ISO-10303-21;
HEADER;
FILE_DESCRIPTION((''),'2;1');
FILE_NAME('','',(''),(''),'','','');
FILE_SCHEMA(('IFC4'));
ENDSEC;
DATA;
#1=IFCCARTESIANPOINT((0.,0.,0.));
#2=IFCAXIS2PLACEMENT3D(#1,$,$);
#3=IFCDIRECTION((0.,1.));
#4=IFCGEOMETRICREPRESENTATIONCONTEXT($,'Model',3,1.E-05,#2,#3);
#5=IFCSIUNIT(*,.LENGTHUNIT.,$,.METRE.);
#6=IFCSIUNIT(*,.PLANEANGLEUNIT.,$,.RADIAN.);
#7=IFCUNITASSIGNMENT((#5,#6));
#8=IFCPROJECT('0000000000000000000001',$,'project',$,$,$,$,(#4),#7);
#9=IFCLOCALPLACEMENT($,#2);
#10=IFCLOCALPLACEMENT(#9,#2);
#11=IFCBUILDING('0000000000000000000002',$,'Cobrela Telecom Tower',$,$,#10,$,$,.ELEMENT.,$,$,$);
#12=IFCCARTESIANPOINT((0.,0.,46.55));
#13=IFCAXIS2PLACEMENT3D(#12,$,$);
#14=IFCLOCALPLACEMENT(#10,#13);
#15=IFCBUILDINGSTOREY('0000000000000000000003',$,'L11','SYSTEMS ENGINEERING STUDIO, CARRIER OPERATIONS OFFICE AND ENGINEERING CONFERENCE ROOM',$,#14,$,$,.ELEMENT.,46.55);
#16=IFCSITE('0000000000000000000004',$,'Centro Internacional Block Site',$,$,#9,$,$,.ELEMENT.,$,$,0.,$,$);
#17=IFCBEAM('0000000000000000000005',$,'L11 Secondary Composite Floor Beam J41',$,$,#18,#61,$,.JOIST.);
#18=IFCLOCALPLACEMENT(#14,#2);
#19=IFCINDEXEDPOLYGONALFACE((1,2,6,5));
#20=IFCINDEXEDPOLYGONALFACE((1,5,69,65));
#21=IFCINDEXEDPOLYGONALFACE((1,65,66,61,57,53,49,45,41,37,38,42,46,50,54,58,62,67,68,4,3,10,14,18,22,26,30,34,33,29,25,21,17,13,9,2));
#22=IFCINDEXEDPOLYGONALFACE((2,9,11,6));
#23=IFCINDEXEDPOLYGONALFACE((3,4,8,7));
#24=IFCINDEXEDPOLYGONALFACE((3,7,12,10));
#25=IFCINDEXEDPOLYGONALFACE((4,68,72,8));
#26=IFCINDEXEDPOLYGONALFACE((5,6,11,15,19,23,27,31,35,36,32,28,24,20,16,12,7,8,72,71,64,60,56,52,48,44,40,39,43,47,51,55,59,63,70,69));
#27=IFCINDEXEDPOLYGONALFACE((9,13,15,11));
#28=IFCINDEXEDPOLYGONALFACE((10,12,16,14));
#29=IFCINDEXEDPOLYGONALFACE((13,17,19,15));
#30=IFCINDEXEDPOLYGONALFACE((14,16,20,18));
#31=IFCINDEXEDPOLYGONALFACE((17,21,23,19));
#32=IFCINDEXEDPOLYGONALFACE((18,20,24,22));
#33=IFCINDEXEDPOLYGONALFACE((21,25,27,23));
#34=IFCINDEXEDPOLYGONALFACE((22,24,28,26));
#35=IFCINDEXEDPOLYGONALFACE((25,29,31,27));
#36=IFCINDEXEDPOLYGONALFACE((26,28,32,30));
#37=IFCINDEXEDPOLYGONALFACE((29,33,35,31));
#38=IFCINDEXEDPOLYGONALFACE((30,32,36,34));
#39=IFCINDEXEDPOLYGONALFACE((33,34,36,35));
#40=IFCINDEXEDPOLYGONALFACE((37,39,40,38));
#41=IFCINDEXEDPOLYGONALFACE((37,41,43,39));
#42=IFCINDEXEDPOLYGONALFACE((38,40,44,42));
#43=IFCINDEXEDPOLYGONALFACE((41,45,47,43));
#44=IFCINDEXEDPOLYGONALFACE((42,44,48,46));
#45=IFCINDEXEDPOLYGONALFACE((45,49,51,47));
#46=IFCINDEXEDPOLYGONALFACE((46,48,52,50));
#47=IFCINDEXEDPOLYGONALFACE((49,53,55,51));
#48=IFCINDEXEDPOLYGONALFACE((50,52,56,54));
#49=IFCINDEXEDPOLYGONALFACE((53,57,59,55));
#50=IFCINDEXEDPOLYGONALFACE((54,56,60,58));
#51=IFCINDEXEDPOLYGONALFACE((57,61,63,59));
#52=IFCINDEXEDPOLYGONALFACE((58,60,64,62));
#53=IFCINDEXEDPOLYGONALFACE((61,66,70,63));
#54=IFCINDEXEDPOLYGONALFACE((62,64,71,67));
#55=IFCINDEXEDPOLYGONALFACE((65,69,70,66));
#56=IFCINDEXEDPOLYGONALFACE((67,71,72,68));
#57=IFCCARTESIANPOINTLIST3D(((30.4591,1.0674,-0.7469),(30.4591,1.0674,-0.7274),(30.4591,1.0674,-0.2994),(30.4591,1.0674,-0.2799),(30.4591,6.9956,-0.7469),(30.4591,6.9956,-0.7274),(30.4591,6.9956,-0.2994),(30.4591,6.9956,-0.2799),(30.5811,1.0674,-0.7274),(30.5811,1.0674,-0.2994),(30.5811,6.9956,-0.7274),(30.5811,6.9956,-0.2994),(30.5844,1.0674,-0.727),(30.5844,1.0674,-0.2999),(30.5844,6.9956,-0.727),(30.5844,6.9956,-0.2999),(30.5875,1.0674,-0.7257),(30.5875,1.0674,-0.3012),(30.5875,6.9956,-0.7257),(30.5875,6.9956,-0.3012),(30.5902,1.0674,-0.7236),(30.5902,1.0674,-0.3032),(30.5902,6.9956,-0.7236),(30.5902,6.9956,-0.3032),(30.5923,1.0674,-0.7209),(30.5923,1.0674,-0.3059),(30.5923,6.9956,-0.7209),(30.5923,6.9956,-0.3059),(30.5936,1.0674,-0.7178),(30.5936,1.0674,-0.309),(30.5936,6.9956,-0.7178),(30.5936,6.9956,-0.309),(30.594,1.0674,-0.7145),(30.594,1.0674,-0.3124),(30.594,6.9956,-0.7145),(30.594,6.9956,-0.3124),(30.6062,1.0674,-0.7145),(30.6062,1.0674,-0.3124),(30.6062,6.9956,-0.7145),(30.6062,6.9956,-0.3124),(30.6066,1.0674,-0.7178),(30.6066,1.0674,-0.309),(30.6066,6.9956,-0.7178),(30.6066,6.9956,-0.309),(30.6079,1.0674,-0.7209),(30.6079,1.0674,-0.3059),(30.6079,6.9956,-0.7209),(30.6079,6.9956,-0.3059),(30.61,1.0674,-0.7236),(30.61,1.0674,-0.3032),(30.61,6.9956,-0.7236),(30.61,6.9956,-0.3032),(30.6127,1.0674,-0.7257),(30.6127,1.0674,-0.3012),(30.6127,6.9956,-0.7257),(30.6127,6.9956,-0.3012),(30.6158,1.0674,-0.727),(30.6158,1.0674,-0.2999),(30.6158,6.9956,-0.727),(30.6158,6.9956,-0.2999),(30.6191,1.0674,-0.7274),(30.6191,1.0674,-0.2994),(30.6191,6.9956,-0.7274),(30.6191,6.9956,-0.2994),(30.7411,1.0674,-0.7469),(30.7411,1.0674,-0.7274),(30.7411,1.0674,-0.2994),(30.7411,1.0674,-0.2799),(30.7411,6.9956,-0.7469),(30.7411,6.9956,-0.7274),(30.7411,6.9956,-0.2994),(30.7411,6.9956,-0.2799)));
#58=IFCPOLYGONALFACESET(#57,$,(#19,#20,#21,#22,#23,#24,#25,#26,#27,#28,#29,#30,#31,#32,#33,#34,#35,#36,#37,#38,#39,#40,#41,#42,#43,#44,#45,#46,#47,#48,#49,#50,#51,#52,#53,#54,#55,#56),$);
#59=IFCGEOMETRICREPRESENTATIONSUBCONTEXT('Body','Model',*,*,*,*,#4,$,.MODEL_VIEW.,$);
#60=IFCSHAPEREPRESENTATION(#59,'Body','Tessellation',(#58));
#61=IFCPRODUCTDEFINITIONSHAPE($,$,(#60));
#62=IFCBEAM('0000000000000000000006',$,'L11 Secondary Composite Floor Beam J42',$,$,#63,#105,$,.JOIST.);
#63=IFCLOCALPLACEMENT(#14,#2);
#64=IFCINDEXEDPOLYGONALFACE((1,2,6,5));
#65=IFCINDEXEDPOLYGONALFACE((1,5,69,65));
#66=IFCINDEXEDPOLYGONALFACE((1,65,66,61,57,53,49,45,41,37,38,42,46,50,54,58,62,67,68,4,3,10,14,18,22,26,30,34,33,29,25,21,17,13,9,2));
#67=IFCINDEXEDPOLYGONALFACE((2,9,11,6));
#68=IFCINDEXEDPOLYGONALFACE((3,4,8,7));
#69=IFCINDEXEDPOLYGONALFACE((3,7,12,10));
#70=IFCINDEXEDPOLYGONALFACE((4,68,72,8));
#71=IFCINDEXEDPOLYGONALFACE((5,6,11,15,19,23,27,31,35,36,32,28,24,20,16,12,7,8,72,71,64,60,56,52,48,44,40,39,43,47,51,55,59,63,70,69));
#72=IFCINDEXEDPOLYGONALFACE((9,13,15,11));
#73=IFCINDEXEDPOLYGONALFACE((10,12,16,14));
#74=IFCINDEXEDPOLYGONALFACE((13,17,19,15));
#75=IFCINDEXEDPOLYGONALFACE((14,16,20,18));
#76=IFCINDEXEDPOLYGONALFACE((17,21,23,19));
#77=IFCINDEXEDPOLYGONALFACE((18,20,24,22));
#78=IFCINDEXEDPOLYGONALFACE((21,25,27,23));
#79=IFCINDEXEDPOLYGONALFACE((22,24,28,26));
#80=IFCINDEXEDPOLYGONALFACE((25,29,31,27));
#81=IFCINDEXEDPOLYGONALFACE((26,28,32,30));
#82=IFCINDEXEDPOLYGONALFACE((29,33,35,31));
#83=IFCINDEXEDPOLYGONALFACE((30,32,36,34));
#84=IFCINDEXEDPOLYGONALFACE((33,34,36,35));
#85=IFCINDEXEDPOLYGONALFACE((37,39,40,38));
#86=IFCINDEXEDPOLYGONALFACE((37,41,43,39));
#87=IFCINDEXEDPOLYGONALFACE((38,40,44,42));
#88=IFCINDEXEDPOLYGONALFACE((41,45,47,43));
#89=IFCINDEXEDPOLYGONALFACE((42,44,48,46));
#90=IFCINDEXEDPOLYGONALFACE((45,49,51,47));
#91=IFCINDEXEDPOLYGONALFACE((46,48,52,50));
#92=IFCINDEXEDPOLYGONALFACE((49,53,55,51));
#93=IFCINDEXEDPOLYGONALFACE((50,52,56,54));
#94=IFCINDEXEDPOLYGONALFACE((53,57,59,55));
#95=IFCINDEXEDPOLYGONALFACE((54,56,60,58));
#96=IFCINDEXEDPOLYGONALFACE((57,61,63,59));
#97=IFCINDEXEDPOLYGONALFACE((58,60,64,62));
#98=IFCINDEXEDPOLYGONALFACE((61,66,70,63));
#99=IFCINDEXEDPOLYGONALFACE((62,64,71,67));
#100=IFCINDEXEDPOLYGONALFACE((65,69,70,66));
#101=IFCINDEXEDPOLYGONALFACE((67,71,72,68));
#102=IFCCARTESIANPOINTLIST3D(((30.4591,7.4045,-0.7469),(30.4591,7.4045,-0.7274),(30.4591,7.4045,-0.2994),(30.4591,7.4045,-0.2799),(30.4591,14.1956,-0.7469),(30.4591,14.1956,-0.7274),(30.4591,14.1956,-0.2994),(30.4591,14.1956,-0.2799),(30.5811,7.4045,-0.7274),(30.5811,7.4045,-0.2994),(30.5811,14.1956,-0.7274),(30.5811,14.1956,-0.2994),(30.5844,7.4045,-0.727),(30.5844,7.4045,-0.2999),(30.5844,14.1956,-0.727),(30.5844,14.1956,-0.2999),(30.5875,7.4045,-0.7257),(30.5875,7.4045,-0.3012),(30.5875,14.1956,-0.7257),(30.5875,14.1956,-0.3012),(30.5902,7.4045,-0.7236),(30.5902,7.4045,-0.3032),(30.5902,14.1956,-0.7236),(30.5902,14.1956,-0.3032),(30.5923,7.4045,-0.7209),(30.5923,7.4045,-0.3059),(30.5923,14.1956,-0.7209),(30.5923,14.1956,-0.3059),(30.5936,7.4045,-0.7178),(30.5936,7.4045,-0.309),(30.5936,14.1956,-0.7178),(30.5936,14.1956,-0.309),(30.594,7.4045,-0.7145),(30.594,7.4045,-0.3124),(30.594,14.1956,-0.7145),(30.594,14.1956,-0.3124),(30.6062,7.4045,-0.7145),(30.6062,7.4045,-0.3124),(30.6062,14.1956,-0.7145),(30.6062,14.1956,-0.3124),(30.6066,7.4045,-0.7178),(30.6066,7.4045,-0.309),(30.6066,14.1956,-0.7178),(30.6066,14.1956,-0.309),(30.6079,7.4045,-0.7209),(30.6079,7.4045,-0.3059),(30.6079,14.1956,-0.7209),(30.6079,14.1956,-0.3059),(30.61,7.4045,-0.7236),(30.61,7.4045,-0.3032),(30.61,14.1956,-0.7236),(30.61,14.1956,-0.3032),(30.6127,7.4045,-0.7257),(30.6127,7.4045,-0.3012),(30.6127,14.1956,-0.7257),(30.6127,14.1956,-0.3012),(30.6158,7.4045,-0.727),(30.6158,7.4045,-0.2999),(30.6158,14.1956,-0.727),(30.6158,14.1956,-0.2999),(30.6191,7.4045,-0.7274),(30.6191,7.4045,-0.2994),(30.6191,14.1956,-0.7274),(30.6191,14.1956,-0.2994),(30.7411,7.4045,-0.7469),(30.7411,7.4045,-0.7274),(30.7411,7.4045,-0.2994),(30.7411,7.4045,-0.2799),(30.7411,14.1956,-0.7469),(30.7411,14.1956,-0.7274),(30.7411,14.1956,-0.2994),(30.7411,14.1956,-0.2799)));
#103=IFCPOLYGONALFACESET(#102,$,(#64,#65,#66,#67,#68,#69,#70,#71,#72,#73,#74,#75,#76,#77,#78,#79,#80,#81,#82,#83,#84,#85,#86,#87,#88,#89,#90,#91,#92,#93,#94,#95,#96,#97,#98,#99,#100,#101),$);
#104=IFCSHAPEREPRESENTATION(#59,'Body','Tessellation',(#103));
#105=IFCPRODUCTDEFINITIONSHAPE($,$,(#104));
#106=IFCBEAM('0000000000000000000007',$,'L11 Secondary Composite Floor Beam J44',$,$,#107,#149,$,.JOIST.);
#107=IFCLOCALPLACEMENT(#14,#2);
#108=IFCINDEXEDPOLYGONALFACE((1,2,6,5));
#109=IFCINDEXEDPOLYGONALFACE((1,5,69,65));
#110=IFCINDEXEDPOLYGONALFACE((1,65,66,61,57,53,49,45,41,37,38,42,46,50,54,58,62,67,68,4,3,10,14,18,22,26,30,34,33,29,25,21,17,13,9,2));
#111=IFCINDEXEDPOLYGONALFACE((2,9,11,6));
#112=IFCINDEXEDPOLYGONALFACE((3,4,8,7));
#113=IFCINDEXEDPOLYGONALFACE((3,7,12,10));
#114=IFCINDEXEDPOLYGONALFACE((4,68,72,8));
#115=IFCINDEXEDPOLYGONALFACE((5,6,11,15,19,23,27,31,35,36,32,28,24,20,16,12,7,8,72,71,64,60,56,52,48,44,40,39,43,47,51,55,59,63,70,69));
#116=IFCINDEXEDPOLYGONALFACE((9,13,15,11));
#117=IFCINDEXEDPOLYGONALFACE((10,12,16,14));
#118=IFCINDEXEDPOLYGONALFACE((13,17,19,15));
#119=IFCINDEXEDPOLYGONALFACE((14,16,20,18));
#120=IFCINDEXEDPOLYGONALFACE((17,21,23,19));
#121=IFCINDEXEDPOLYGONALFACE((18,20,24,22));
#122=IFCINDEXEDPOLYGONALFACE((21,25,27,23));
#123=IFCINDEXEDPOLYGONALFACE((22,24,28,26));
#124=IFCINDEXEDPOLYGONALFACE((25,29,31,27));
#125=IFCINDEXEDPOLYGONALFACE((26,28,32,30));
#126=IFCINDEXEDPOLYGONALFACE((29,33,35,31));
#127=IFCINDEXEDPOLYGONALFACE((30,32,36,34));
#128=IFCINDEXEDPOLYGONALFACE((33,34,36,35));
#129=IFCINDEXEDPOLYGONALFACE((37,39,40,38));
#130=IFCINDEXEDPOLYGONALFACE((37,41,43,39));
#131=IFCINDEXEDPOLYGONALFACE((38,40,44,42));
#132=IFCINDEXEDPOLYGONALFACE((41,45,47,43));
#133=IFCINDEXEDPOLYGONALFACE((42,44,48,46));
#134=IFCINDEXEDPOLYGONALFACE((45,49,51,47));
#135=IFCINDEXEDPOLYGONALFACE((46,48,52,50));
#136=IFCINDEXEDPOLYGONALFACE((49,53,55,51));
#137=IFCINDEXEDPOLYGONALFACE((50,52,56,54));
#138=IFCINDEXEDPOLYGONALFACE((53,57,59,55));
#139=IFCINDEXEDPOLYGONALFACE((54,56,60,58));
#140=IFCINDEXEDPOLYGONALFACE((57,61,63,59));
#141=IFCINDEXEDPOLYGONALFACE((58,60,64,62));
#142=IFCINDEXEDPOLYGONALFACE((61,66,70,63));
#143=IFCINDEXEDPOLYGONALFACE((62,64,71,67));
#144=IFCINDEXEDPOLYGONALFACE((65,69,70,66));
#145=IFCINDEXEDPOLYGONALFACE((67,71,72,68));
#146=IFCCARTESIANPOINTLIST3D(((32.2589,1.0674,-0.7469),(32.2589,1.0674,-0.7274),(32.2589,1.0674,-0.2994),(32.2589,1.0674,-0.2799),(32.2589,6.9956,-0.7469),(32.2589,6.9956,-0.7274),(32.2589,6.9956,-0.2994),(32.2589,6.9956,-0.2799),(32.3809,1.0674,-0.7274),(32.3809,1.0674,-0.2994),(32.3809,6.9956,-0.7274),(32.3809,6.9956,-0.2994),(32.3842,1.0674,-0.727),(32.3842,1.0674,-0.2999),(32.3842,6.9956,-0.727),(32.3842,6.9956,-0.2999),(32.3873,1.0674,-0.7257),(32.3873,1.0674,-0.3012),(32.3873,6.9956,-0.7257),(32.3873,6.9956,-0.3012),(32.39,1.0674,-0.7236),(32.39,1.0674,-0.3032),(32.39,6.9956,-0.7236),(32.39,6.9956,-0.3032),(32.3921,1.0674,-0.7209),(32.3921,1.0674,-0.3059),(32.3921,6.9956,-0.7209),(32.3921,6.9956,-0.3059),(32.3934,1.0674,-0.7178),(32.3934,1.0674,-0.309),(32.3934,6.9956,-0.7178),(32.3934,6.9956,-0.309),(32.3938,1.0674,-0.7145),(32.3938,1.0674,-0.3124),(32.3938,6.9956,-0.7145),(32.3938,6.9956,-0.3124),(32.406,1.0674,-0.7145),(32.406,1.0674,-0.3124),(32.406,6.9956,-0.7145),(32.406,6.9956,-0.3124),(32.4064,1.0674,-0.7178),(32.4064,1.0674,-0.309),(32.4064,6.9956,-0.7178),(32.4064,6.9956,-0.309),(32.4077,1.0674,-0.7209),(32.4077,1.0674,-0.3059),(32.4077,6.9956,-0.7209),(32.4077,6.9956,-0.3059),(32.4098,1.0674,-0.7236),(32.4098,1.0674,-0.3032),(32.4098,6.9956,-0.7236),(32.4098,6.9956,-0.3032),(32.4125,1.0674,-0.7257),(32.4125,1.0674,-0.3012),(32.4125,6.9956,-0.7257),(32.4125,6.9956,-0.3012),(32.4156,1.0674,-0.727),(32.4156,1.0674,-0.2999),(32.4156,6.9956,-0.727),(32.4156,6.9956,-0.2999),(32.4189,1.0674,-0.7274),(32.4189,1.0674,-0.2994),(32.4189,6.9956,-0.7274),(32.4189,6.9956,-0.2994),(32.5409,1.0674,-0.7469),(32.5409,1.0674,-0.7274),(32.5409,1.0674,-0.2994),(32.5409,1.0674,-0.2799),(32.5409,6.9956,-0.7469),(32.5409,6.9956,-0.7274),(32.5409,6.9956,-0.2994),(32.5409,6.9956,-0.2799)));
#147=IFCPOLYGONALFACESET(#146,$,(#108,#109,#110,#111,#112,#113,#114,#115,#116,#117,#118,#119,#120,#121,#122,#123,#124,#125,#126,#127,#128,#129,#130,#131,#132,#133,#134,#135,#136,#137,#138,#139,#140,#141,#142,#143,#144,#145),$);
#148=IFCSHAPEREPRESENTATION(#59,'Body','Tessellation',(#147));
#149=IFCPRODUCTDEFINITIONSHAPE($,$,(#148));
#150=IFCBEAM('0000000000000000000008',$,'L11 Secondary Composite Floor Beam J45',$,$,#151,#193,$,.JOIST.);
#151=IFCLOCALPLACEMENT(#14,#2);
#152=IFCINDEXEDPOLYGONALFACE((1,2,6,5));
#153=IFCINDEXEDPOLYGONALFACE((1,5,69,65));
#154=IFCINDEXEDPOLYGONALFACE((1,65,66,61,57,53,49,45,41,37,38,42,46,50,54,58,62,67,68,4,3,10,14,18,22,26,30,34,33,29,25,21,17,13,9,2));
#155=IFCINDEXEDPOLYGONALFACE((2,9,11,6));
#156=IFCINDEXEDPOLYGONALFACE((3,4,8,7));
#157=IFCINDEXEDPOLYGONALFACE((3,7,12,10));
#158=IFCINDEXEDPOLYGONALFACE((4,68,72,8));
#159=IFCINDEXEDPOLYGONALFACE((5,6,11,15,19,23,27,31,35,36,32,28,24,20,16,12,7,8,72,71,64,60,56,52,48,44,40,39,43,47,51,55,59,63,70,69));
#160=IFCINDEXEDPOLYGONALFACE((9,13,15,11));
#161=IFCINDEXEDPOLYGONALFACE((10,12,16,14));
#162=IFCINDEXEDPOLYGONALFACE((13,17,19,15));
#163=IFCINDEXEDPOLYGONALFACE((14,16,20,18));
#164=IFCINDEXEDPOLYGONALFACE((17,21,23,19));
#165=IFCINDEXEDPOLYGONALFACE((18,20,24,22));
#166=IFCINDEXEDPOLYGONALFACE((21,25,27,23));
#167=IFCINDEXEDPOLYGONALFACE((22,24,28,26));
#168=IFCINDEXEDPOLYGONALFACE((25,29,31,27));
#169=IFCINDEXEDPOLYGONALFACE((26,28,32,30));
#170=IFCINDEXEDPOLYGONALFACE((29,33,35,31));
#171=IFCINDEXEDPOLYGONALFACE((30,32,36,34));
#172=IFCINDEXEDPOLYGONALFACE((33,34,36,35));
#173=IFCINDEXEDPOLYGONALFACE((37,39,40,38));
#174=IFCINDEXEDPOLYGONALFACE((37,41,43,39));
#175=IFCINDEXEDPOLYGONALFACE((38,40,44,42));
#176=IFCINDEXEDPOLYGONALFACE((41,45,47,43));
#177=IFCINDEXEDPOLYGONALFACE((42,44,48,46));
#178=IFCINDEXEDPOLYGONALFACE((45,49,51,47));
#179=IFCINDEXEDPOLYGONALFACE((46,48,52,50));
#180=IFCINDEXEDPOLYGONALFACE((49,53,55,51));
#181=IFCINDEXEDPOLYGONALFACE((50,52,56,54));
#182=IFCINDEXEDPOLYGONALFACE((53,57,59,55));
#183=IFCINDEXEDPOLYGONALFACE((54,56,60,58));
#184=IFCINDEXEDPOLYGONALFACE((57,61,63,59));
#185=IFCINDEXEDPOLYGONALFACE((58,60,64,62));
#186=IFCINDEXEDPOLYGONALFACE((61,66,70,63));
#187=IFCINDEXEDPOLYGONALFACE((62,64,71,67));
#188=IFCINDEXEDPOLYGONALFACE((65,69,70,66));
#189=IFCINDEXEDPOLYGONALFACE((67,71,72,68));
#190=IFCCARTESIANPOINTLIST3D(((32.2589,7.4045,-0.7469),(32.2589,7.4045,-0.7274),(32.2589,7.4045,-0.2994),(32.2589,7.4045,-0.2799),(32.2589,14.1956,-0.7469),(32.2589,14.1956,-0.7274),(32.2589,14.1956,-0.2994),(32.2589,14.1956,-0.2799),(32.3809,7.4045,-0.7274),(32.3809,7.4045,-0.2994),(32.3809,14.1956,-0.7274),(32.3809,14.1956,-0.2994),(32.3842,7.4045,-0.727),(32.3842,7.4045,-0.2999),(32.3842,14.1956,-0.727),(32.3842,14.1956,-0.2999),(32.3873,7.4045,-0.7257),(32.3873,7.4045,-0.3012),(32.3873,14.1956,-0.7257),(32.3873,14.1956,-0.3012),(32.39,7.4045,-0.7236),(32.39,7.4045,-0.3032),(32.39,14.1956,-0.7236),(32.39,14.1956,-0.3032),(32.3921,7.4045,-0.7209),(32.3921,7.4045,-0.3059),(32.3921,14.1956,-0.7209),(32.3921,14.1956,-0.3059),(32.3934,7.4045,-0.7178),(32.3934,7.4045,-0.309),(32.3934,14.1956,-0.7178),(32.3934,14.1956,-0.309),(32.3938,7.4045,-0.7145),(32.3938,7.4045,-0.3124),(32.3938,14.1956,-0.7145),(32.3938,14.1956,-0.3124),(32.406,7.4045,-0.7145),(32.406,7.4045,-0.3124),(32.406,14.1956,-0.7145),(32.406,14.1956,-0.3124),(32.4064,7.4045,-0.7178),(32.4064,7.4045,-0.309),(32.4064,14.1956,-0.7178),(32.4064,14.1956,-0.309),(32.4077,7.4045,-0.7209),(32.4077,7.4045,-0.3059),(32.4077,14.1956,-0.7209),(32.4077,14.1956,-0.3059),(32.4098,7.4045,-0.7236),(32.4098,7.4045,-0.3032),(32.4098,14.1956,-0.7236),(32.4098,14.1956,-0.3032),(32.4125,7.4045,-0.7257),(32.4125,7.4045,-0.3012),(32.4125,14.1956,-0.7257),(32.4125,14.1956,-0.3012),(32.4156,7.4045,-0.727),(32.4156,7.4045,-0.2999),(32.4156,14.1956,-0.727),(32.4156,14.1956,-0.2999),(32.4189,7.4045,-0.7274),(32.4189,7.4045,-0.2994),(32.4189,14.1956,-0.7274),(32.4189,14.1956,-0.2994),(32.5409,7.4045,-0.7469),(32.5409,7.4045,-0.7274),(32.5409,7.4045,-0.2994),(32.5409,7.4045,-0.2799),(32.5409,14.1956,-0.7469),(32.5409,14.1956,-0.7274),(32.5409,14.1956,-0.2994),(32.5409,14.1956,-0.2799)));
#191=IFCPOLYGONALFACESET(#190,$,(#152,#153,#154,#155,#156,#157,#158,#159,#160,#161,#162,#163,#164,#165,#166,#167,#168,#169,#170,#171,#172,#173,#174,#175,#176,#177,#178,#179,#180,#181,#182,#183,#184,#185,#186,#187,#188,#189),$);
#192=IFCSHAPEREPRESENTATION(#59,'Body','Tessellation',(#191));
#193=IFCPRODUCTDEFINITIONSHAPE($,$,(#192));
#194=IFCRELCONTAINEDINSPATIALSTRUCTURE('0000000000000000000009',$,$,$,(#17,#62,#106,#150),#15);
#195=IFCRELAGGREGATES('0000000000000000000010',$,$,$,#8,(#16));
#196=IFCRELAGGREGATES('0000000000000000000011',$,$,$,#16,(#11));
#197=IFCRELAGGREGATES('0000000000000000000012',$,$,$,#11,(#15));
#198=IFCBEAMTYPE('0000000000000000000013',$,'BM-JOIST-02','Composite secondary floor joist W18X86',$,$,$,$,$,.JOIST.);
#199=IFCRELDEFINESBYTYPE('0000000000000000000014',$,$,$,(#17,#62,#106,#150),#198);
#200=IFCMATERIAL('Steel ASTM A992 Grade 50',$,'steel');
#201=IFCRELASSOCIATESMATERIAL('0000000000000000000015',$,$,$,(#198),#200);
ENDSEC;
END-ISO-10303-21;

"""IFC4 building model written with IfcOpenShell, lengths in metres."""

from ifc_helpers import new_model, si_unit, direction, frame, origin, origin_2d, place, context, subcontext, project, spatial, i_section, extrude, material, material_profile, profile_set, type_object, element, save


model = new_model("IFC4")

# Units and contexts
model_context = context("Model", 3, precision=1e-05, world=origin(), true_north=direction((0.0, 1.0)))
body_context = subcontext(model_context, "Body", "Model", "MODEL_VIEW")
ifc_project = project(units=[si_unit("LENGTHUNIT", "METRE"), si_unit("PLANEANGLEUNIT", "RADIAN")], contexts=[model_context])

# Site, building, storey
site_placement = place(None, origin())
site = spatial("IfcSite", under=ifc_project, at=site_placement, Name="Centro Internacional Block Site", CompositionType="ELEMENT", RefElevation=0.0)
building_placement = place(site_placement, origin())
building = spatial("IfcBuilding", under=site, at=building_placement, Name="Cobrela Telecom Tower", CompositionType="ELEMENT")
storey_placement = place(building_placement, frame((0.0, 0.0, 46.55)))
storey = spatial("IfcBuildingStorey", under=building, at=storey_placement, Name="L11", Description="SYSTEMS ENGINEERING STUDIO, CARRIER OPERATIONS OFFICE AND ENGINEERING CONFERENCE ROOM", CompositionType="ELEMENT", Elevation=46.55)

# Shared definitions
ifc_material_1 = material(Name="Steel ASTM A992 Grade 50", Category="steel")

# Beams
ifc_material_profile_1 = material_profile(ifc_material_1, i_section(OverallWidth=0.282, OverallDepth=0.467, WebThickness=0.0122, FlangeThickness=0.0195, FilletRadius=0.0129, at=origin_2d()), Name="W18X86")
ifc_profile_set_1 = profile_set([ifc_material_profile_1], Name="Steel ASTM A992 Grade 50")
beam_type_1 = type_object("IfcBeamType", Name="BM-JOIST-02", Description="Composite secondary floor joist W18X86", PredefinedType="JOIST", material=ifc_profile_set_1)
beam_1_placement = place(storey_placement, frame((30.6001, 1.0674, -0.5134), z_axis=(0.0, 1.0, 0.0), x_axis=(-1.0, 0.0, 0.0)))
element("IfcBeam", 1, at=beam_1_placement, inside=storey, type_object=beam_type_1, Name="L11 Secondary Composite Floor Beam J41", PredefinedType="JOIST", context=body_context, shape_type="SweptSolid", body=[
    extrude(i_section(OverallWidth=0.282, OverallDepth=0.467, WebThickness=0.0122, FlangeThickness=0.0195, FilletRadius=0.0129, at=origin_2d()), origin(), (0.0, 0.0, 1.0), 5.9282),
])
beam_2_placement = place(storey_placement, frame((30.6001, 7.4045, -0.5134), z_axis=(0.0, 1.0, 0.0), x_axis=(-1.0, 0.0, 0.0)))
element("IfcBeam", 2, at=beam_2_placement, inside=storey, type_object=beam_type_1, Name="L11 Secondary Composite Floor Beam J42", PredefinedType="JOIST", context=body_context, shape_type="SweptSolid", body=[
    extrude(i_section(OverallWidth=0.282, OverallDepth=0.467, WebThickness=0.0122, FlangeThickness=0.0195, FilletRadius=0.0129, at=origin_2d()), origin(), (0.0, 0.0, 1.0), 6.791),
])
beam_3_placement = place(storey_placement, frame((32.3999, 1.0674, -0.5134), z_axis=(0.0, 1.0, 0.0), x_axis=(-1.0, 0.0, 0.0)))
element("IfcBeam", 3, at=beam_3_placement, inside=storey, type_object=beam_type_1, Name="L11 Secondary Composite Floor Beam J44", PredefinedType="JOIST", context=body_context, shape_type="SweptSolid", body=[
    extrude(i_section(OverallWidth=0.282, OverallDepth=0.467, WebThickness=0.0122, FlangeThickness=0.0195, FilletRadius=0.0129, at=origin_2d()), origin(), (0.0, 0.0, 1.0), 5.9282),
])
beam_4_placement = place(storey_placement, frame((32.3999, 7.4045, -0.5134), z_axis=(0.0, 1.0, 0.0), x_axis=(-1.0, 0.0, 0.0)))
element("IfcBeam", 4, at=beam_4_placement, inside=storey, type_object=beam_type_1, Name="L11 Secondary Composite Floor Beam J45", PredefinedType="JOIST", context=body_context, shape_type="SweptSolid", body=[
    extrude(i_section(OverallWidth=0.282, OverallDepth=0.467, WebThickness=0.0122, FlangeThickness=0.0195, FilletRadius=0.0129, at=origin_2d()), origin(), (0.0, 0.0, 1.0), 6.791),
])

save(model, "model.ifc")
